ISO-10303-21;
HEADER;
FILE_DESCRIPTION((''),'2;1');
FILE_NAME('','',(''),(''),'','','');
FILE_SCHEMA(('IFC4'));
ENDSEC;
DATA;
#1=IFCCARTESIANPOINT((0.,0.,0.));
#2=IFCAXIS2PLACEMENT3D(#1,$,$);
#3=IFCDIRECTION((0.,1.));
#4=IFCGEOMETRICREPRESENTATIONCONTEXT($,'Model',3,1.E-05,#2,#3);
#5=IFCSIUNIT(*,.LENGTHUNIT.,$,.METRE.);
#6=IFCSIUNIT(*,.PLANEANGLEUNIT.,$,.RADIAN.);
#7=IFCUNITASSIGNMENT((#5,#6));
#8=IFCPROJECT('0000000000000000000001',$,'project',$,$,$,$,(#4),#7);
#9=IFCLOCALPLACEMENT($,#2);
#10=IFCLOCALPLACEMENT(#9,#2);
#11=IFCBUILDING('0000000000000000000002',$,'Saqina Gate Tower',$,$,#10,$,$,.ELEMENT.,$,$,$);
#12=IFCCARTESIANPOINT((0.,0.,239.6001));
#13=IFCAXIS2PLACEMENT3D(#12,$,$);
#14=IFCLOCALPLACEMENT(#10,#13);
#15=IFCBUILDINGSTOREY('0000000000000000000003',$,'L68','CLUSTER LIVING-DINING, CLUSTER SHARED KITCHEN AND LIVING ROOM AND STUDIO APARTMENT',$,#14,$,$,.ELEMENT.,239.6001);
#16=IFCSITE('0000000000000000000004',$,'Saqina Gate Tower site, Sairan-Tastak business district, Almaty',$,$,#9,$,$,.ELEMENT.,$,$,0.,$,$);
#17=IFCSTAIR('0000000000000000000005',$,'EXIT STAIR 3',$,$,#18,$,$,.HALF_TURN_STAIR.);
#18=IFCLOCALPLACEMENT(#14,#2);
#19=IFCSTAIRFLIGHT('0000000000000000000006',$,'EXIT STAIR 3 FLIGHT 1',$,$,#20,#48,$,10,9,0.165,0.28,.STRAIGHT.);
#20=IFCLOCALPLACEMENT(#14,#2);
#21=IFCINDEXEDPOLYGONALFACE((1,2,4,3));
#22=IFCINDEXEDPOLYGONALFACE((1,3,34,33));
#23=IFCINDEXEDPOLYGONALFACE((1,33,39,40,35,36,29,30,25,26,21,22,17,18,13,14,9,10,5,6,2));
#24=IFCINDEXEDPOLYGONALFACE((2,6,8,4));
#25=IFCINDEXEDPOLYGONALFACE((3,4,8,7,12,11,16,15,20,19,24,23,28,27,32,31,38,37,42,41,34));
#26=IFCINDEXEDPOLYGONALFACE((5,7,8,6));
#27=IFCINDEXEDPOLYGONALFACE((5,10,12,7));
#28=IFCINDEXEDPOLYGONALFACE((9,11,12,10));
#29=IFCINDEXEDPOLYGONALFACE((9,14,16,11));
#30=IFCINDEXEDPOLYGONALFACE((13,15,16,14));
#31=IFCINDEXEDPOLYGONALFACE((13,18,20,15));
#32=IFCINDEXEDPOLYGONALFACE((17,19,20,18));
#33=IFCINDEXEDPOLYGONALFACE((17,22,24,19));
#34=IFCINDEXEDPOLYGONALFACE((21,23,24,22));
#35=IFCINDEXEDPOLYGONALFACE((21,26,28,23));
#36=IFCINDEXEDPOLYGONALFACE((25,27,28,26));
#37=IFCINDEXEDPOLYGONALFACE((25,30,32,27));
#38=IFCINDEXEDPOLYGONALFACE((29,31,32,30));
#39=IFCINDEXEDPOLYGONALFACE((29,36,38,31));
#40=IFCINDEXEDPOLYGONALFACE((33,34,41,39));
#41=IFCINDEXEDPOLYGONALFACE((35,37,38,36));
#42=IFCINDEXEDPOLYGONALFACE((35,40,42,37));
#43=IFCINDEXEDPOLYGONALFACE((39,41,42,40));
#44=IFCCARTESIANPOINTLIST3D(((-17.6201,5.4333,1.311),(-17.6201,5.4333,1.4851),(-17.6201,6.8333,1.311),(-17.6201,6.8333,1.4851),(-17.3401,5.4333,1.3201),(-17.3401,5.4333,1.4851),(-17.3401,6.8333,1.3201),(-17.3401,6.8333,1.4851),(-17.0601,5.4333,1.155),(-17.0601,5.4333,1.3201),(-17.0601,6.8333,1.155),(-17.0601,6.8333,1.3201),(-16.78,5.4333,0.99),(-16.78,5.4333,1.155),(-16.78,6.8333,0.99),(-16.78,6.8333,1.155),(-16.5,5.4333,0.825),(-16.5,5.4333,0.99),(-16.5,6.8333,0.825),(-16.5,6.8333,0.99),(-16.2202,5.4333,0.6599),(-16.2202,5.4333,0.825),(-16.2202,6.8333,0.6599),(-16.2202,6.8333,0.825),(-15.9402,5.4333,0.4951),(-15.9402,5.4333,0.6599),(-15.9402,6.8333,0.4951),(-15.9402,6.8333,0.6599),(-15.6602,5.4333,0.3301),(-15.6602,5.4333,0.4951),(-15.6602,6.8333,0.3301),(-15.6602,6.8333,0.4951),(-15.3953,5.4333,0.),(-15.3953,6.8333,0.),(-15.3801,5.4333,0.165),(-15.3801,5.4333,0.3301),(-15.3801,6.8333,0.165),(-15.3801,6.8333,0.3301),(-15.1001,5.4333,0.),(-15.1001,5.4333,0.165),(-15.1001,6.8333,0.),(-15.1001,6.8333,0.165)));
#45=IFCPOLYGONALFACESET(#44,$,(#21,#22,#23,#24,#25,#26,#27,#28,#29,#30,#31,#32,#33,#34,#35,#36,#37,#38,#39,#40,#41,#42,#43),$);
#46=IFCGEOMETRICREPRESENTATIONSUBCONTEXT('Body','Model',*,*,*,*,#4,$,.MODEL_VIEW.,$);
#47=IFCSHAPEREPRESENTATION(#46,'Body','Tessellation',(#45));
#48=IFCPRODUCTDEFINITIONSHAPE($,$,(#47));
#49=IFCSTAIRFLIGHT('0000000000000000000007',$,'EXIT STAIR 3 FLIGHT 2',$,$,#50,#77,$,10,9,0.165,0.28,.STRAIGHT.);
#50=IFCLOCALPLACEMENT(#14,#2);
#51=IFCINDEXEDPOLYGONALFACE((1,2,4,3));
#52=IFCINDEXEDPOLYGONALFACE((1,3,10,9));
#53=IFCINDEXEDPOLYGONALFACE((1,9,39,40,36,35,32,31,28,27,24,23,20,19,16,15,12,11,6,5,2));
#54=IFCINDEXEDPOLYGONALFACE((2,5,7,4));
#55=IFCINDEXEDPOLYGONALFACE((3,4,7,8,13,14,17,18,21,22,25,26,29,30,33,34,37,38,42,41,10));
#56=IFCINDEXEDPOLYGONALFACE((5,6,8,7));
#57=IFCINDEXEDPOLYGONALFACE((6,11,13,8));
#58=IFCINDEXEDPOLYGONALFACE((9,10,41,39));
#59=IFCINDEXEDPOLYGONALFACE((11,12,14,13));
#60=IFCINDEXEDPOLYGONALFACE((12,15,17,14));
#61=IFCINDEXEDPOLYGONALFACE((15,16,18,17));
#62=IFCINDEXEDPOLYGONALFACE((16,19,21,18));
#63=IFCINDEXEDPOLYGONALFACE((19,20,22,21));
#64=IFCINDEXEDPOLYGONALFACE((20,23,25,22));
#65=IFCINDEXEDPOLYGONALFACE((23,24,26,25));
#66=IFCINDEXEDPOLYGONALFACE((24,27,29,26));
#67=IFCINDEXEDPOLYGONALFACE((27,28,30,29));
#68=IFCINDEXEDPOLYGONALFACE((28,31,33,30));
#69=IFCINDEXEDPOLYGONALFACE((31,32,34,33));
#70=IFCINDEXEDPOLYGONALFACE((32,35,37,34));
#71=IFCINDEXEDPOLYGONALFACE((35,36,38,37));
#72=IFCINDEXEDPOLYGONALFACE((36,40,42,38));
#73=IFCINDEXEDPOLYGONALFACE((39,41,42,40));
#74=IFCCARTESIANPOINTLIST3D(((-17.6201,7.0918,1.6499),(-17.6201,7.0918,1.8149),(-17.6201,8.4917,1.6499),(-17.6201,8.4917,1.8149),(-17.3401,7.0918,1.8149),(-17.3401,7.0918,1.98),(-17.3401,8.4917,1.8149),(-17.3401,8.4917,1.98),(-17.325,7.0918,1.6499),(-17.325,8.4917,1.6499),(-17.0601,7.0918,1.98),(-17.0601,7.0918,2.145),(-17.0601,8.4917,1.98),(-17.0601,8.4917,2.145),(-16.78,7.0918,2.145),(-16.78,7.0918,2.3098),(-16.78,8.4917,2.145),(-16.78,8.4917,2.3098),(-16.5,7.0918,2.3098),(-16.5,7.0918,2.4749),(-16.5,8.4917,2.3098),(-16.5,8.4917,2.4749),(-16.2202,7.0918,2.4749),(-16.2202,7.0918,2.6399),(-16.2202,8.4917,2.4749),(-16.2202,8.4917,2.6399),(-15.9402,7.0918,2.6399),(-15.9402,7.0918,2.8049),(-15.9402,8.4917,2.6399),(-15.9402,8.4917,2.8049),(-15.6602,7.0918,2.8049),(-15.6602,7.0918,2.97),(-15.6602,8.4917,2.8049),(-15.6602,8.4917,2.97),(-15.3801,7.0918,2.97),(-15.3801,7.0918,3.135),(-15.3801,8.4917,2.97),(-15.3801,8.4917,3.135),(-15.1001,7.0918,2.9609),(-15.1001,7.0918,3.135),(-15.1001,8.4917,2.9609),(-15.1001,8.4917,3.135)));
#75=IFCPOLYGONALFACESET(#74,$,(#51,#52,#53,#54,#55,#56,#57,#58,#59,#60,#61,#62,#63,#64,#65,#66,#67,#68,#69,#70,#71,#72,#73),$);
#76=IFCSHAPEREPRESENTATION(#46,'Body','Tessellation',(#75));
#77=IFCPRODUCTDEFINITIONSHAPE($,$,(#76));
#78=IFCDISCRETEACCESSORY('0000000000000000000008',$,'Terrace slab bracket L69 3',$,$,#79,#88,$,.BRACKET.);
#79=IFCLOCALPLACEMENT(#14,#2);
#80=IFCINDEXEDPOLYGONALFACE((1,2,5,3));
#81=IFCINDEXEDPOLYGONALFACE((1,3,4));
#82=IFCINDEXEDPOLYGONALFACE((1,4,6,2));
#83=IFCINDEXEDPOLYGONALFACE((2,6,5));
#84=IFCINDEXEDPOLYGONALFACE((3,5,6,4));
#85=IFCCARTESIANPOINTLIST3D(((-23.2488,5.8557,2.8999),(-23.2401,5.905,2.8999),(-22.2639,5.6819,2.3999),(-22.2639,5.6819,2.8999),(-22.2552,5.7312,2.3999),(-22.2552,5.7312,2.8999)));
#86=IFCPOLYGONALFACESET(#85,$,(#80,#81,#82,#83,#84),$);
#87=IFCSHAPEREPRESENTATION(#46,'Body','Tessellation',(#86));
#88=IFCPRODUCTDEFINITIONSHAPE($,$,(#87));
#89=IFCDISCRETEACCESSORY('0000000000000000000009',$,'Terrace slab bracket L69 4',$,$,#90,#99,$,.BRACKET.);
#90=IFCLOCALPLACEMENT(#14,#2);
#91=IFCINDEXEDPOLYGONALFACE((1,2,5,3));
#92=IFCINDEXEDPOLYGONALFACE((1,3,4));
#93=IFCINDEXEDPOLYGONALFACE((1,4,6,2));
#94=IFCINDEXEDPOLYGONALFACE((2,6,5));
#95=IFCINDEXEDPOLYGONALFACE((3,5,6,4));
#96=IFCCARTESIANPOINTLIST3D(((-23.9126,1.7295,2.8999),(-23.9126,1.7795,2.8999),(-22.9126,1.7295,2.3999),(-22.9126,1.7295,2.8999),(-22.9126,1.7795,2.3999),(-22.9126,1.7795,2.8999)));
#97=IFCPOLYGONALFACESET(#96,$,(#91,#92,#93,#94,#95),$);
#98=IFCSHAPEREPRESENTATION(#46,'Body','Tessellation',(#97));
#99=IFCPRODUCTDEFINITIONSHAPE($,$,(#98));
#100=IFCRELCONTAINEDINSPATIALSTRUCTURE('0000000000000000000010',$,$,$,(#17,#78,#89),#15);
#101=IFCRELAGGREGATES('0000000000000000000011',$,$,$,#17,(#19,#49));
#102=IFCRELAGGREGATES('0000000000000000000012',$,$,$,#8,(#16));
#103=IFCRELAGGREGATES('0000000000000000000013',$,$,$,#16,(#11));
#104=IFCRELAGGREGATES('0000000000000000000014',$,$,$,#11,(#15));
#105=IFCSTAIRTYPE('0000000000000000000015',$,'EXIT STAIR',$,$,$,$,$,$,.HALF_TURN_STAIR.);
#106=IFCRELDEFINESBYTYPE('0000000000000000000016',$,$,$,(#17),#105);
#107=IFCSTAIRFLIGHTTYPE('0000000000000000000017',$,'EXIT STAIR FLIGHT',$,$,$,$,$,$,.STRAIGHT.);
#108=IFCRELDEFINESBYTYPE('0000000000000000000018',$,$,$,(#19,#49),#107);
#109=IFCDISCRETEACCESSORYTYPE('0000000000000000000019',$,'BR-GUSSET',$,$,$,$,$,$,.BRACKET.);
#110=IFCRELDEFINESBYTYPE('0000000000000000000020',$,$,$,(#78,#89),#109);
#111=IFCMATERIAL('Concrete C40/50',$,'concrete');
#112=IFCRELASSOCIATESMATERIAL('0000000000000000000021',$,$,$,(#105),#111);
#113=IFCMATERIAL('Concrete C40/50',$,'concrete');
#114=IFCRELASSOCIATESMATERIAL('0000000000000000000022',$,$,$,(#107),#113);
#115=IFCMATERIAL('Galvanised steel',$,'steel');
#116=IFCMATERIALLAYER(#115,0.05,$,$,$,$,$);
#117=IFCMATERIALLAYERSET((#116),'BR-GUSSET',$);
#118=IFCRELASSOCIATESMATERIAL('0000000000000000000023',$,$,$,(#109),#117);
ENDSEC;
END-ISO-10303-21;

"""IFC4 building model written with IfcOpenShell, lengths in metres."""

from ifc_helpers import new_model, si_unit, direction, frame, origin, place, context, subcontext, project, spatial, polyline, outline, extrude, material, layer, layer_set, type_object, element, aggregate, save


model = new_model("IFC4")

# Units and contexts
model_context = context("Model", 3, precision=1e-05, world=origin(), true_north=direction((0.0, 1.0)))
body_context = subcontext(model_context, "Body", "Model", "MODEL_VIEW")
ifc_project = project(units=[si_unit("LENGTHUNIT", "METRE"), si_unit("PLANEANGLEUNIT", "RADIAN")], contexts=[model_context])

# Site, building, storey
site_placement = place(None, origin())
site = spatial("IfcSite", under=ifc_project, at=site_placement, Name="Saqina Gate Tower site, Sairan-Tastak business district, Almaty", CompositionType="ELEMENT", RefElevation=0.0)
building_placement = place(site_placement, origin())
building = spatial("IfcBuilding", under=site, at=building_placement, Name="Saqina Gate Tower", CompositionType="ELEMENT")
storey_placement = place(building_placement, frame((0.0, 0.0, 239.6001)))
storey = spatial("IfcBuildingStorey", under=building, at=storey_placement, Name="L68", Description="CLUSTER LIVING-DINING, CLUSTER SHARED KITCHEN AND LIVING ROOM AND STUDIO APARTMENT", CompositionType="ELEMENT", Elevation=239.6001)

# Stair, stair flights
ifc_material_1 = material(Name="Concrete C40/50", Category="concrete")
stair_type = type_object("IfcStairType", Name="EXIT STAIR", PredefinedType="HALF_TURN_STAIR", material=ifc_material_1)
stair_placement = place(storey_placement, origin())
stair = element("IfcStair", 1, at=stair_placement, inside=storey, type_object=stair_type, Name="EXIT STAIR 3", PredefinedType="HALF_TURN_STAIR")
ifc_material_2 = material(Name="Concrete C40/50", Category="concrete")
stair_flight_type = type_object("IfcStairFlightType", Name="EXIT STAIR FLIGHT", PredefinedType="STRAIGHT", material=ifc_material_2)
stair_flight_1_placement = place(storey_placement, frame((-15.1001, 6.1333, 0.0), z_axis=(0.0, 0.0, 1.0), x_axis=(-1.0, 0.0, 0.0)))
stair_flight_1 = element("IfcStairFlight", 2, at=stair_flight_1_placement, type_object=stair_flight_type, Name="EXIT STAIR 3 FLIGHT 1", NumberOfRisers=10, NumberOfTreads=9, PredefinedType="STRAIGHT", RiserHeight=0.165, TreadLength=0.28, context=body_context, shape_type="SweptSolid", body=[
    extrude(outline(polyline([(0.0, 0.0), (0.0, 0.165), (0.28, 0.165), (0.28, 0.3301), (0.5601, 0.3301), (0.5601, 0.4951), (0.8401, 0.4951), (0.8401, 0.6599), (1.1201, 0.6599), (1.1201, 0.825), (1.3999, 0.825), (1.3999, 0.99), (1.6799, 0.99), (1.6799, 1.155), (1.96, 1.155), (1.96, 1.3201), (2.24, 1.3201), (2.24, 1.4851), (2.52, 1.4851), (2.52, 1.6499), (2.52, 1.311), (0.2952, 0.0), (0.0, 0.0)])), frame((0.0, 0.7, 0.0), z_axis=(0.0, -1.0, 0.0), x_axis=(1.0, 0.0, 0.0)), (0.0, 0.0, 1.0), 1.3999),
])
stair_flight_2_placement = place(storey_placement, frame((-17.6201, 7.7917, 1.6499), z_axis=(0.0, 0.0, 1.0), x_axis=(1.0, 0.0, 0.0)))
stair_flight_2 = element("IfcStairFlight", 3, at=stair_flight_2_placement, type_object=stair_flight_type, Name="EXIT STAIR 3 FLIGHT 2", NumberOfRisers=10, NumberOfTreads=9, PredefinedType="STRAIGHT", RiserHeight=0.165, TreadLength=0.28, context=body_context, shape_type="SweptSolid", body=[
    extrude(outline(polyline([(0.0, 0.0), (0.0, 0.165), (0.28, 0.165), (0.28, 0.3301), (0.5601, 0.3301), (0.5601, 0.4951), (0.8401, 0.4951), (0.8401, 0.6599), (1.1201, 0.6599), (1.1201, 0.825), (1.3999, 0.825), (1.3999, 0.99), (1.6799, 0.99), (1.6799, 1.155), (1.96, 1.155), (1.96, 1.3201), (2.24, 1.3201), (2.24, 1.4851), (2.52, 1.4851), (2.52, 1.6499), (2.52, 1.311), (0.2952, 0.0), (0.0, 0.0)])), frame((0.0, 0.7, 0.0), z_axis=(0.0, -1.0, 0.0), x_axis=(1.0, 0.0, 0.0)), (0.0, 0.0, 1.0), 1.3999),
])
aggregate(stair, [stair_flight_1, stair_flight_2])

# Discrete accessories
ifc_material_3 = material(Name="Galvanised steel", Category="steel")
ifc_layer_1 = layer(ifc_material_3, 0.05)
ifc_layer_set_1 = layer_set([ifc_layer_1], Name="BR-GUSSET")
discrete_accessory_type = type_object("IfcDiscreteAccessoryType", Name="BR-GUSSET", PredefinedType="BRACKET", material=ifc_layer_set_1)
discrete_accessory_1_placement = place(storey_placement, frame((-22.2639, 5.6819, 2.3999), z_axis=(-0.173813, -0.984779, 0.0), x_axis=(0.0, 0.0, 1.0)))
element("IfcDiscreteAccessory", 4, at=discrete_accessory_1_placement, inside=storey, type_object=discrete_accessory_type, Name="Terrace slab bracket L69 3", PredefinedType="BRACKET", context=body_context, shape_type="SweptSolid", body=[
    extrude(outline(polyline([(0.0, 0.0), (0.5, 0.0), (0.5, 1.0001), (0.0, 0.0)])), origin(), (0.0, 0.0, -1.0), 0.05),
])
discrete_accessory_2_placement = place(storey_placement, frame((-22.9126, 1.7295, 2.3999), z_axis=(0.0, -1.0, 0.0), x_axis=(0.0, 0.0, 1.0)))
element("IfcDiscreteAccessory", 5, at=discrete_accessory_2_placement, inside=storey, type_object=discrete_accessory_type, Name="Terrace slab bracket L69 4", PredefinedType="BRACKET", context=body_context, shape_type="SweptSolid", body=[
    extrude(outline(polyline([(0.0, 0.0), (0.5, 0.0), (0.5, 1.0), (0.0, 0.0)])), origin(), (0.0, 0.0, -1.0), 0.05),
])

save(model, "model.ifc")
